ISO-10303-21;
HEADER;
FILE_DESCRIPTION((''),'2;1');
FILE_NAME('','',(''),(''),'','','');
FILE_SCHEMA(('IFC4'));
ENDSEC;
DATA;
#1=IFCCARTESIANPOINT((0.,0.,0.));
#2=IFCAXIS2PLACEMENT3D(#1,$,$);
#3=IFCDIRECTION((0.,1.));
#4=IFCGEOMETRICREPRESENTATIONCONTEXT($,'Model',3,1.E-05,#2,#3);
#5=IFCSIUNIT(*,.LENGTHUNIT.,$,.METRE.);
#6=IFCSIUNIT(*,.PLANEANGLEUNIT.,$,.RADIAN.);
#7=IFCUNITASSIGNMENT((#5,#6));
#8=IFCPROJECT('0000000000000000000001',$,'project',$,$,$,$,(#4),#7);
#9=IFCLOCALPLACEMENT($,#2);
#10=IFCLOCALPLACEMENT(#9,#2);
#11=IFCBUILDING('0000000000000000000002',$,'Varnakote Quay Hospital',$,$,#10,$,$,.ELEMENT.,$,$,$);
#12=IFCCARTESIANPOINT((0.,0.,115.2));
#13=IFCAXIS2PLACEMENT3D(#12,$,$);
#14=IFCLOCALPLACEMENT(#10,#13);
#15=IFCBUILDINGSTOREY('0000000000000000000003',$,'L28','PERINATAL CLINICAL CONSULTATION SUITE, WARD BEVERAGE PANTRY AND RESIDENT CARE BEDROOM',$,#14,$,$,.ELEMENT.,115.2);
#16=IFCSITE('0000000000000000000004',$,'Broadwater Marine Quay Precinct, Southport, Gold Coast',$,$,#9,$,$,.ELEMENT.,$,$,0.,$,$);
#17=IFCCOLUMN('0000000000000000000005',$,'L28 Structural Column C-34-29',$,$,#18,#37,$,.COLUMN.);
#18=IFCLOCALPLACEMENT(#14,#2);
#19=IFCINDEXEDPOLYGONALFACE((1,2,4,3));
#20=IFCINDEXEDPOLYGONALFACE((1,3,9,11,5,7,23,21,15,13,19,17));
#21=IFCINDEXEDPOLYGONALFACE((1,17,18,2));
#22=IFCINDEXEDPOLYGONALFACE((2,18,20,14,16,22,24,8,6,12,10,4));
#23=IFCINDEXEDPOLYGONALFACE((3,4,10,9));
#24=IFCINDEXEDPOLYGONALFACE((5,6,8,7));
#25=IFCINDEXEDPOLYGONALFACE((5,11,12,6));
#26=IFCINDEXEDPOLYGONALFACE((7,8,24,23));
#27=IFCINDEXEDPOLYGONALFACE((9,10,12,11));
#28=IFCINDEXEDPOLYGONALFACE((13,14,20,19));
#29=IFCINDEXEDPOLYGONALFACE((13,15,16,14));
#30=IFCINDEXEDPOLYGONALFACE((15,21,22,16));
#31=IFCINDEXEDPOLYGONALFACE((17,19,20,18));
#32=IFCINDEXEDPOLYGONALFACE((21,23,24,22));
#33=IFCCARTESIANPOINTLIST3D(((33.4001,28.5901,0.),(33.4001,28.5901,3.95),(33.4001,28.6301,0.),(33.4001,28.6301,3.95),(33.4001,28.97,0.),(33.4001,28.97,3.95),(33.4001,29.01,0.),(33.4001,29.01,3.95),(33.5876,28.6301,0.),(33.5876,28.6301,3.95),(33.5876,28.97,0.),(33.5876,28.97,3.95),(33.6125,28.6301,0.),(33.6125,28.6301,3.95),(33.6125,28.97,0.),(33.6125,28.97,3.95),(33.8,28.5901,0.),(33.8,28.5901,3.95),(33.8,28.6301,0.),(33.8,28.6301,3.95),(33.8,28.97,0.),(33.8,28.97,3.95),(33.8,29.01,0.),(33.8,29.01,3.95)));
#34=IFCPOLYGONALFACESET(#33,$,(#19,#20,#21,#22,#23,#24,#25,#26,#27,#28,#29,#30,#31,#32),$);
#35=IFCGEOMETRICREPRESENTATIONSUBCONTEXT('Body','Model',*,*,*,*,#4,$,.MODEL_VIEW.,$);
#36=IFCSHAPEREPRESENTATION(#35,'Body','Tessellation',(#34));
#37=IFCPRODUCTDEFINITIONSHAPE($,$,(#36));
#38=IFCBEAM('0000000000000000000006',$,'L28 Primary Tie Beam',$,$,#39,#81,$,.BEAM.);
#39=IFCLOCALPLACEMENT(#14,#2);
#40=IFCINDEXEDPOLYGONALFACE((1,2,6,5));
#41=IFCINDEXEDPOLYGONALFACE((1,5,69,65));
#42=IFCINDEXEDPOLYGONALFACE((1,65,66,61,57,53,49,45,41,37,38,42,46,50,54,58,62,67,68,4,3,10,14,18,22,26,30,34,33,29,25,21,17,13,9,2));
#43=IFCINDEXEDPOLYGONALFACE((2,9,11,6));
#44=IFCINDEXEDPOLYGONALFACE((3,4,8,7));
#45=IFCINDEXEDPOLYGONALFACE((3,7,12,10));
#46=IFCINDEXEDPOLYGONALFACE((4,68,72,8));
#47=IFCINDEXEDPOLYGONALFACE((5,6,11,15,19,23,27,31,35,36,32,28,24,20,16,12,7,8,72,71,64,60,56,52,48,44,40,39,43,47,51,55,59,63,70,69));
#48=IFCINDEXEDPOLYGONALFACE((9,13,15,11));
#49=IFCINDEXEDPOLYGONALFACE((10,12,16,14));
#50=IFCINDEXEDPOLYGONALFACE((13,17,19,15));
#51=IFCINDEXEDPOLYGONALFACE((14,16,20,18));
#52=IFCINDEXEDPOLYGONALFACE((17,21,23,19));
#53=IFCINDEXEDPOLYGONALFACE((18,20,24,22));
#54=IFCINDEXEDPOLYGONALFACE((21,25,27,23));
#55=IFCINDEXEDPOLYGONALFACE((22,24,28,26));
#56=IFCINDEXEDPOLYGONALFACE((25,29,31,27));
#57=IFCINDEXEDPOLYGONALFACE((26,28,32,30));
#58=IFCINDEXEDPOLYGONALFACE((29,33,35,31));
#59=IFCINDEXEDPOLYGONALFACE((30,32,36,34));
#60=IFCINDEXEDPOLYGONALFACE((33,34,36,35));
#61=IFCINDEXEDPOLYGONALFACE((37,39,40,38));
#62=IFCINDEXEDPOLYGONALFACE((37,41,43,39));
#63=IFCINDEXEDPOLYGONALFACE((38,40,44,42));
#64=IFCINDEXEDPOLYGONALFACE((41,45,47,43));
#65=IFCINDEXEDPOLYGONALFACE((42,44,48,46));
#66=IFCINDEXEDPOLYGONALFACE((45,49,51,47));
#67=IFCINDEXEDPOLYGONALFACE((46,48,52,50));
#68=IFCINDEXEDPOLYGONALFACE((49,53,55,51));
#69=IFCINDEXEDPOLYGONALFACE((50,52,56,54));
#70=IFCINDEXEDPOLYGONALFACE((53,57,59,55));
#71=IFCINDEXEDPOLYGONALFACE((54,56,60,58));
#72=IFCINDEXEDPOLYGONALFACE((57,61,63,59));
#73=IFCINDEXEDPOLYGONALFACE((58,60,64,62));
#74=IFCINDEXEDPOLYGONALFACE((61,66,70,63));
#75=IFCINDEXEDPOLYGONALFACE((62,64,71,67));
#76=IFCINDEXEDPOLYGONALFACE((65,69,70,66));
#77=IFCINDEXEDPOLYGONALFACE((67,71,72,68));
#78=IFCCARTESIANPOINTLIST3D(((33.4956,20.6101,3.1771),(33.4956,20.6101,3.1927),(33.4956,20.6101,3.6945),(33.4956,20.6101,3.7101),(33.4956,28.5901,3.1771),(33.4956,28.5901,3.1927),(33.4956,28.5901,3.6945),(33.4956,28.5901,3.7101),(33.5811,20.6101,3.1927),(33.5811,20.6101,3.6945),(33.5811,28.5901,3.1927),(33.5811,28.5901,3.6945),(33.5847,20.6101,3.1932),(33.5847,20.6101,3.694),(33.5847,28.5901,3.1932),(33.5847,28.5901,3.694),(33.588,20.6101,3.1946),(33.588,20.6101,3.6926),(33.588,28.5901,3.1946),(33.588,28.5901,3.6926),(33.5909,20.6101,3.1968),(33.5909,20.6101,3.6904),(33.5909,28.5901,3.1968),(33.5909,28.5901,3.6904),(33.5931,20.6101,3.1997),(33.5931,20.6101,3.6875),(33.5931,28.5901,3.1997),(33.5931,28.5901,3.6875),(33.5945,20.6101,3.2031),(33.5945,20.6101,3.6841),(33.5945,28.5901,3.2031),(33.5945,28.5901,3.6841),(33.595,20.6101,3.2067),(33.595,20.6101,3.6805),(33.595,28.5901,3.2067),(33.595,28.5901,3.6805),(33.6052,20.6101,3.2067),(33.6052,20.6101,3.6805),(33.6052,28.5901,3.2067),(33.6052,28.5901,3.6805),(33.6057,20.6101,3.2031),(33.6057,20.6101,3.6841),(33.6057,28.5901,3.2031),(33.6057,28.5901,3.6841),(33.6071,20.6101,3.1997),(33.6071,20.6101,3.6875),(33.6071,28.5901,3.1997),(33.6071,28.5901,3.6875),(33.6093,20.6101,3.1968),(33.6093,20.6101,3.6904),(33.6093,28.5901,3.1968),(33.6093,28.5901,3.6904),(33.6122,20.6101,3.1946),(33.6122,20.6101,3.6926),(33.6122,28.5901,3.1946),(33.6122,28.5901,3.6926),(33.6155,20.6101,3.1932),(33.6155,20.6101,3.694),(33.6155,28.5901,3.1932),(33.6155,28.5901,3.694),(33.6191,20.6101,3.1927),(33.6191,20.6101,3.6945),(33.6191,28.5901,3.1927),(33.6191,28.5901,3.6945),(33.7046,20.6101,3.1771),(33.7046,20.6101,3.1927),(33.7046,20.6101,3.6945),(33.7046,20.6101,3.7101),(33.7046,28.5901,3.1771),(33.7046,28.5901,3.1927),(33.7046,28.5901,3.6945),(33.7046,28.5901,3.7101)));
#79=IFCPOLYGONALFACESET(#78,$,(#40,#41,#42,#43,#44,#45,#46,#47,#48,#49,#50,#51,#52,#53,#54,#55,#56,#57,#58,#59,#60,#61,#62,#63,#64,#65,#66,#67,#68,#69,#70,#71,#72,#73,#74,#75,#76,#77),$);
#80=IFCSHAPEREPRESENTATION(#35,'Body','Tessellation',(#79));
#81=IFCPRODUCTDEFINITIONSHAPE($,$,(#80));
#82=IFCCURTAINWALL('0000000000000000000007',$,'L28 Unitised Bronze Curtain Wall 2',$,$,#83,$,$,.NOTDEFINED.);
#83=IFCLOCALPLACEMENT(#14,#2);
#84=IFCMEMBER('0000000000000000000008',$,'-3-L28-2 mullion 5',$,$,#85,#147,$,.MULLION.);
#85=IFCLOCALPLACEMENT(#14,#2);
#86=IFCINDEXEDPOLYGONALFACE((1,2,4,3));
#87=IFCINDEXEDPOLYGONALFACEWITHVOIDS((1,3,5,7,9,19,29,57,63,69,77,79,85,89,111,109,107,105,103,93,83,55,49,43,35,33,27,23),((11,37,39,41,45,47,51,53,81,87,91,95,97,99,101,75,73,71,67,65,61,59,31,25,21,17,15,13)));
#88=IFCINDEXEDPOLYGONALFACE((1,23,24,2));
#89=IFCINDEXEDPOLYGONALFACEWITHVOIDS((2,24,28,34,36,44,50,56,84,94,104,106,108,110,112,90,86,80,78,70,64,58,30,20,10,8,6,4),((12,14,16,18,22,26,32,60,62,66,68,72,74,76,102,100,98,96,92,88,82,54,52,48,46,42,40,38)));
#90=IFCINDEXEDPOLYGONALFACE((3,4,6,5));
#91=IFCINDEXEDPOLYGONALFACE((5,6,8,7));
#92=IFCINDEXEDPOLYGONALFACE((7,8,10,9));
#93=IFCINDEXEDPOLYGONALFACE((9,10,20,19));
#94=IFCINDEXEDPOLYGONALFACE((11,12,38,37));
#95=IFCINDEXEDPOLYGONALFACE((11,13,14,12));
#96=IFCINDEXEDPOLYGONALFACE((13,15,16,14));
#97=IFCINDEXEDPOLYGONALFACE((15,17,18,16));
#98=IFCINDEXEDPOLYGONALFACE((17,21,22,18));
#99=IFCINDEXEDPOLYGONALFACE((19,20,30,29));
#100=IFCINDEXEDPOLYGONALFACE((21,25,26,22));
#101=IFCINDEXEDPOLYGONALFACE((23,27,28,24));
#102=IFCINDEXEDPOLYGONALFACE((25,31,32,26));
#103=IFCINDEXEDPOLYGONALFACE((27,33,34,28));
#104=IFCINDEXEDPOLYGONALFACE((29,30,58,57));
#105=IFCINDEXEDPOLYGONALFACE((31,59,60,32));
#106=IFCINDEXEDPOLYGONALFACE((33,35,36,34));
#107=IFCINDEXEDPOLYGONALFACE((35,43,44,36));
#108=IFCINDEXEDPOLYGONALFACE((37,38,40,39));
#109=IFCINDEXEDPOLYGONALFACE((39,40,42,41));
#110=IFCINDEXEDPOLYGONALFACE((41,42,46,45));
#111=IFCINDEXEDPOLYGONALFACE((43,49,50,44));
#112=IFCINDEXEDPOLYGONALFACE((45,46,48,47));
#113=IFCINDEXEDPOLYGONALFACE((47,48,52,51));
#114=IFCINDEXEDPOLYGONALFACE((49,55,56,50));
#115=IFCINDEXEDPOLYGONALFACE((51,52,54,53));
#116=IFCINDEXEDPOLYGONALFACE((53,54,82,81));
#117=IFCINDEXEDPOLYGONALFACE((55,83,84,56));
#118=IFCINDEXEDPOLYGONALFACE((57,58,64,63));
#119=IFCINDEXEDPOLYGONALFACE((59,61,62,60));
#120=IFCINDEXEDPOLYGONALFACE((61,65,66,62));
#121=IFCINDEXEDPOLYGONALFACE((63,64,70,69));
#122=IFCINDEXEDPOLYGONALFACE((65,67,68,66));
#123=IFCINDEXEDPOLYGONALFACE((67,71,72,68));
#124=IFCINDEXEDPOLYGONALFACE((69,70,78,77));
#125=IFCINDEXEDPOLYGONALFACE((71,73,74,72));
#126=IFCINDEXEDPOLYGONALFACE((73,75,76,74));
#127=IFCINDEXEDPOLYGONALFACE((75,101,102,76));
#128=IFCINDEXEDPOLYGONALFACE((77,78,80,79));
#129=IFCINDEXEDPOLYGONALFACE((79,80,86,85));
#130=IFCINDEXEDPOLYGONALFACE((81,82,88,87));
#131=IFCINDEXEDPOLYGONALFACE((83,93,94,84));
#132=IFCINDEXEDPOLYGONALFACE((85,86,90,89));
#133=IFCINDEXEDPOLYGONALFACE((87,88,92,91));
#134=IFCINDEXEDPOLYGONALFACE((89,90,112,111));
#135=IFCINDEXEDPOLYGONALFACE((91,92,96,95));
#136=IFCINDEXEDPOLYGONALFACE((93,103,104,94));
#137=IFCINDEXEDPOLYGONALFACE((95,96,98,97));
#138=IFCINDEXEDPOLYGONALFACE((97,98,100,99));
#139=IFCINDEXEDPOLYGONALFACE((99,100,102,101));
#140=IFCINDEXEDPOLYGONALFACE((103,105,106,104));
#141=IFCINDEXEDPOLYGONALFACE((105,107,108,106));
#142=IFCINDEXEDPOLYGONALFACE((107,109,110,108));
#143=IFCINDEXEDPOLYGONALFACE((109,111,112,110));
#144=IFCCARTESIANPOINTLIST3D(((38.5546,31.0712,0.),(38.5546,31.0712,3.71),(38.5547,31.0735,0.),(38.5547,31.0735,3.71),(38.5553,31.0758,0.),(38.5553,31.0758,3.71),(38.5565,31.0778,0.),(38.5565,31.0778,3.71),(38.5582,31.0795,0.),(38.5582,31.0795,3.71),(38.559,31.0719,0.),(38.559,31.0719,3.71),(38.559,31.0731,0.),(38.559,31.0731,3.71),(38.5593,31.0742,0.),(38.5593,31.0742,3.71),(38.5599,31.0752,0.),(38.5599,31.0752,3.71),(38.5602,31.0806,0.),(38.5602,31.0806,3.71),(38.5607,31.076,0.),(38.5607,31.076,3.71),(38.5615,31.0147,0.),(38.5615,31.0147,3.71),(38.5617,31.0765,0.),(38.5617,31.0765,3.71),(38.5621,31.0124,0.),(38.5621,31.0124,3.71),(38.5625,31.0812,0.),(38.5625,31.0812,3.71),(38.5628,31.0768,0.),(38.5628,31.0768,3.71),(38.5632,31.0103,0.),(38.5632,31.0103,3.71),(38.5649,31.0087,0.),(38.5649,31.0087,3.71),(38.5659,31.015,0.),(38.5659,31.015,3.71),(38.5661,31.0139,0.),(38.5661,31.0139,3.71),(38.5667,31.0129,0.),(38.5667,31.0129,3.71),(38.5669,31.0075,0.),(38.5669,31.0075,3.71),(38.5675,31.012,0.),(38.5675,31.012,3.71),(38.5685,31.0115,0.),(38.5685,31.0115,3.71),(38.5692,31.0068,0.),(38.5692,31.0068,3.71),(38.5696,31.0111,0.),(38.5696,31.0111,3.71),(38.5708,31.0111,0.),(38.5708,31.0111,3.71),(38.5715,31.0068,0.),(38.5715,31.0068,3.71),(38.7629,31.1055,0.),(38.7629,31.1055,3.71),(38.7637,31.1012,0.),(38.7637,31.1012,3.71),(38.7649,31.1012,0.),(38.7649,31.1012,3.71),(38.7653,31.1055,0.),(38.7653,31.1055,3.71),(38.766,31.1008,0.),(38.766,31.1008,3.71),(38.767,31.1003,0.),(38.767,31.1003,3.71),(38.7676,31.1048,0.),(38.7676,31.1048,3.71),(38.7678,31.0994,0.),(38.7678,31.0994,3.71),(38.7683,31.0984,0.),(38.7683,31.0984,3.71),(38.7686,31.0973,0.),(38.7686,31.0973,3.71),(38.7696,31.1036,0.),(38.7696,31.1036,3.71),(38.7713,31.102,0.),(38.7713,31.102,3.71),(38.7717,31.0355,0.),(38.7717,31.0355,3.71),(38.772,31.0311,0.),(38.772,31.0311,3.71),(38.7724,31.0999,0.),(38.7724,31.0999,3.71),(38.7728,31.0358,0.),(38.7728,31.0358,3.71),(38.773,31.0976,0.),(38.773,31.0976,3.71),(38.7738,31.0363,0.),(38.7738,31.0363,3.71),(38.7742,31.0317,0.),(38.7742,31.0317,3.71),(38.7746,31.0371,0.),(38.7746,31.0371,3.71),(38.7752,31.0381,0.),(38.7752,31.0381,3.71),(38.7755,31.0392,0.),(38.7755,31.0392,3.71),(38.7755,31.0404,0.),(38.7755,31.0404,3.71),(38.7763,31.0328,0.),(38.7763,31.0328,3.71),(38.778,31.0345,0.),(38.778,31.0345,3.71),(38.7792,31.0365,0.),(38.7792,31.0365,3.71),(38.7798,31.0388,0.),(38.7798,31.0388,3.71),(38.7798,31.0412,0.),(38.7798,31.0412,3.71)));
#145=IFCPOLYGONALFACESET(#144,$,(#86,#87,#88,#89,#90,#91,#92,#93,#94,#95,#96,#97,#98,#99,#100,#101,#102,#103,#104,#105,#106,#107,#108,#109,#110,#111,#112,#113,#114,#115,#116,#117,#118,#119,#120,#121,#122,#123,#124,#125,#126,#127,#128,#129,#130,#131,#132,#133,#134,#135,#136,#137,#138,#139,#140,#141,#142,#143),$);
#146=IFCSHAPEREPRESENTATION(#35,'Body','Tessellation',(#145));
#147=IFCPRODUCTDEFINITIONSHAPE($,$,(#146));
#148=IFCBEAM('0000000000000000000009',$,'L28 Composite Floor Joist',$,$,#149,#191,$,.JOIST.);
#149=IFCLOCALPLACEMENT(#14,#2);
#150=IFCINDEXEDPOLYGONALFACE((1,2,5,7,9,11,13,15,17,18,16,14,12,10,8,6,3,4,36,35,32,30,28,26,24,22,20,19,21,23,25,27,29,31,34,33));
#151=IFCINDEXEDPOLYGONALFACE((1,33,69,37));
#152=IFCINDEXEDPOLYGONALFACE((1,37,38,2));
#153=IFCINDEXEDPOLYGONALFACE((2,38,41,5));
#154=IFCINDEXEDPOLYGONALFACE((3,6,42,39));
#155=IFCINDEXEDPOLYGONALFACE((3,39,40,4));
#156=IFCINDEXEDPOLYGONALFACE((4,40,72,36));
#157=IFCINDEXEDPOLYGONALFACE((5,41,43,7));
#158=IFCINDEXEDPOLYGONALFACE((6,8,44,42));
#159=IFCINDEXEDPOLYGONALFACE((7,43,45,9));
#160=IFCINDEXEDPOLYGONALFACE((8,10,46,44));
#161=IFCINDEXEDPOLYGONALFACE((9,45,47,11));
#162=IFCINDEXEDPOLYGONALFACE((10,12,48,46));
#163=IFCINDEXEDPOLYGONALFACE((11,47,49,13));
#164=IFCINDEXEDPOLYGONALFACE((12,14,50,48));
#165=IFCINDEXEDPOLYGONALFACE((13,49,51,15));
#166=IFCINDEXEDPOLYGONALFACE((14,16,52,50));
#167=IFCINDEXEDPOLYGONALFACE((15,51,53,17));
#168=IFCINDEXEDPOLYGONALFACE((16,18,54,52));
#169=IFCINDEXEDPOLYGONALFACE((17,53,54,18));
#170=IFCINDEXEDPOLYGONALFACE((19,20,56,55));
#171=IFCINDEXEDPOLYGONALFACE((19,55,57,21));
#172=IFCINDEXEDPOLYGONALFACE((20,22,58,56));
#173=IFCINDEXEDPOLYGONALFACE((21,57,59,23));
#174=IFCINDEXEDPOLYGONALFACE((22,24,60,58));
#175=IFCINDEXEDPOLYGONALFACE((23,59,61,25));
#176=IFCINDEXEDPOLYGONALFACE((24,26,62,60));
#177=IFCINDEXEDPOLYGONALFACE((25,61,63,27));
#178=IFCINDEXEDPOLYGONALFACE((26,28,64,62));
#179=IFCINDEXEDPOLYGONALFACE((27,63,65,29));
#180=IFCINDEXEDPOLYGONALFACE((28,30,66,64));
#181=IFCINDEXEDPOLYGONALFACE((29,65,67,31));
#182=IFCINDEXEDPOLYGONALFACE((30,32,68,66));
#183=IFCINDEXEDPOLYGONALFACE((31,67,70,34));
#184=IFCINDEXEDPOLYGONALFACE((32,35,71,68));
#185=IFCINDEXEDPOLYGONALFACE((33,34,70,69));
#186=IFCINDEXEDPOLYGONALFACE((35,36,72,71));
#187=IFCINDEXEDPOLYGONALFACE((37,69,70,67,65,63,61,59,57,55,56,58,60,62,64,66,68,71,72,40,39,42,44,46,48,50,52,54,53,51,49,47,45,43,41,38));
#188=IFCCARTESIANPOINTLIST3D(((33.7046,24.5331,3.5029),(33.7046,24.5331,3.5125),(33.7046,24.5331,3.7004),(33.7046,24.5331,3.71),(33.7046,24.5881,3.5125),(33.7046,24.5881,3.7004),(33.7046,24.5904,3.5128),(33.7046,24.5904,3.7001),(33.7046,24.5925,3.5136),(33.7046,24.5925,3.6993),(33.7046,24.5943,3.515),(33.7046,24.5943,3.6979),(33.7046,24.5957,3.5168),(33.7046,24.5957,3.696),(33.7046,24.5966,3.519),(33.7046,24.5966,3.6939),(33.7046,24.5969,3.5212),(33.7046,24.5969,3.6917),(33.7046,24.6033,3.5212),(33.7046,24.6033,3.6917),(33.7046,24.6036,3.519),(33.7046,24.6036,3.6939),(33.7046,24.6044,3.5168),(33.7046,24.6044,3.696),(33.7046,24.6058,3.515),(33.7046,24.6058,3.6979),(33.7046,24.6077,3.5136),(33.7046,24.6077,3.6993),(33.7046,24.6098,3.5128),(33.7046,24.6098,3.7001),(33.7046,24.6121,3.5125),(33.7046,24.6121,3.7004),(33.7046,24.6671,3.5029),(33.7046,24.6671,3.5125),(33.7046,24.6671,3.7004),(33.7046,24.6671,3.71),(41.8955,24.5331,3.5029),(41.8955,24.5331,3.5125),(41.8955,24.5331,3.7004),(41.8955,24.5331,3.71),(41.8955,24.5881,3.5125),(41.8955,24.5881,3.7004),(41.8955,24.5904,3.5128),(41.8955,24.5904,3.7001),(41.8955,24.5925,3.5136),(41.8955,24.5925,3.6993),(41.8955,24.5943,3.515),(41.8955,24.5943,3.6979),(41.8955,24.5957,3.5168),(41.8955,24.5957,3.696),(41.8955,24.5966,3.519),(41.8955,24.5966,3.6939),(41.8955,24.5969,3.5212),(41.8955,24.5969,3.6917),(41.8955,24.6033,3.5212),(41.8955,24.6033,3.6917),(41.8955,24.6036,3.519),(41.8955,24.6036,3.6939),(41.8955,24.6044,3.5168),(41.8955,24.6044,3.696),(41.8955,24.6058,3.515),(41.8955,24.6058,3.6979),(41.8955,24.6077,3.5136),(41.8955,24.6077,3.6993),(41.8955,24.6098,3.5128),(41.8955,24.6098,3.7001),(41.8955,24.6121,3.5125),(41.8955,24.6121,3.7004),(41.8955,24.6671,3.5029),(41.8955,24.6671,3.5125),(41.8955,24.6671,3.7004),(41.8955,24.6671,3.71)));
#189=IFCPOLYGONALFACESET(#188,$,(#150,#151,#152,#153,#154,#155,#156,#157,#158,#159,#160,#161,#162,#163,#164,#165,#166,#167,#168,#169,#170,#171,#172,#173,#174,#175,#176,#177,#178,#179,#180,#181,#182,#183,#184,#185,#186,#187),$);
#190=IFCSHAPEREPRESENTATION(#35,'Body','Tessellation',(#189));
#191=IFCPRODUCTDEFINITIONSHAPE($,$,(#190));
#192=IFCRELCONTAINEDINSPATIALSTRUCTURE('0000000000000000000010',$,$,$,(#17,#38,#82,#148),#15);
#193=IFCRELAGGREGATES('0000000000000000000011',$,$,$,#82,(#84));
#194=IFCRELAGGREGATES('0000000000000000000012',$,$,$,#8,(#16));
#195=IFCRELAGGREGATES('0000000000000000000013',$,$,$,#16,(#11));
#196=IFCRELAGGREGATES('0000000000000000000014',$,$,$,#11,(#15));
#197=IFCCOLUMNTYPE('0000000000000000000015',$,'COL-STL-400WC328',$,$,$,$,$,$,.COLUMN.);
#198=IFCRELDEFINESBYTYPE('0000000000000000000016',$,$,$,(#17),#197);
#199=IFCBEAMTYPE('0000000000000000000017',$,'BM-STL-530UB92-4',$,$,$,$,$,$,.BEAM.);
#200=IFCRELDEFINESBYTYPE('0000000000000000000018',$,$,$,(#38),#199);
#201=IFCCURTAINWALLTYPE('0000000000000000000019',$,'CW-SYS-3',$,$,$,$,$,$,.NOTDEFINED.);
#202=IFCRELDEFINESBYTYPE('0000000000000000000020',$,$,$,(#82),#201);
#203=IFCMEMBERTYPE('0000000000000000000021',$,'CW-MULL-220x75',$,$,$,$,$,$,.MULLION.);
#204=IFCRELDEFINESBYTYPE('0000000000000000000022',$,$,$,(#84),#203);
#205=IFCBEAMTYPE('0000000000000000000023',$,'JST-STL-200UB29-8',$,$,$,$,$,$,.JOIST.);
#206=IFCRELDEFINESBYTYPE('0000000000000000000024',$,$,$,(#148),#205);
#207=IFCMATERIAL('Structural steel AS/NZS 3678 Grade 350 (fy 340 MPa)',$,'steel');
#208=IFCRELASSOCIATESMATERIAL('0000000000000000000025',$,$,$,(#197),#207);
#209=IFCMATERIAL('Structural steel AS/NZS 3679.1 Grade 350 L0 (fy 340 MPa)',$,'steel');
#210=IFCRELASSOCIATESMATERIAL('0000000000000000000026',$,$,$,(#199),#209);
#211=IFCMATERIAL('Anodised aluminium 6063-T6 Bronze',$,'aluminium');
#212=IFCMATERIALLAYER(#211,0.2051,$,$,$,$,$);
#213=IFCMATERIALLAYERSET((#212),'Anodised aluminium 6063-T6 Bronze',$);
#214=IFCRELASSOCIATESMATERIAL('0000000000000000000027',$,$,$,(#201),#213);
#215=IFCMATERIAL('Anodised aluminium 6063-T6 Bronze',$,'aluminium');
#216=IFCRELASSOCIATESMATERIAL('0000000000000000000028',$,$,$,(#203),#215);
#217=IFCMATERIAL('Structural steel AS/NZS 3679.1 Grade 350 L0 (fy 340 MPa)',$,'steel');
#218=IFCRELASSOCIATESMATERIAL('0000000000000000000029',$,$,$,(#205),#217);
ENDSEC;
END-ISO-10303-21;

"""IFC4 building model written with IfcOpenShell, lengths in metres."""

from ifc_helpers import new_model, si_unit, direction, frame, origin, origin_2d, place, context, subcontext, project, spatial, hollow_rectangle, i_section, extrude, material, layer, layer_set, material_profile, profile_set, type_object, element, aggregate, save


model = new_model("IFC4")

# Units and contexts
model_context = context("Model", 3, precision=1e-05, world=origin(), true_north=direction((0.0, 1.0)))
body_context = subcontext(model_context, "Body", "Model", "MODEL_VIEW")
ifc_project = project(units=[si_unit("LENGTHUNIT", "METRE"), si_unit("PLANEANGLEUNIT", "RADIAN")], contexts=[model_context])

# Site, building, storey
site_placement = place(None, origin())
site = spatial("IfcSite", under=ifc_project, at=site_placement, Name="Broadwater Marine Quay Precinct, Southport, Gold Coast", CompositionType="ELEMENT", RefElevation=0.0)
building_placement = place(site_placement, origin())
building = spatial("IfcBuilding", under=site, at=building_placement, Name="Varnakote Quay Hospital", CompositionType="ELEMENT")
storey_placement = place(building_placement, frame((0.0, 0.0, 115.2)))
storey = spatial("IfcBuildingStorey", under=building, at=storey_placement, Name="L28", Description="PERINATAL CLINICAL CONSULTATION SUITE, WARD BEVERAGE PANTRY AND RESIDENT CARE BEDROOM", CompositionType="ELEMENT", Elevation=115.2)

# Column
ifc_material_1 = material(Name="Structural steel AS/NZS 3678 Grade 350 (fy 340 MPa)", Category="steel")
ifc_material_profile_1 = material_profile(ifc_material_1, i_section(OverallWidth=0.3999, OverallDepth=0.4199, WebThickness=0.0249, FlangeThickness=0.04, at=origin_2d()), Name="400WC328")
ifc_profile_set_1 = profile_set([ifc_material_profile_1], Name="Structural steel AS/NZS 3678 Grade 350 (fy 340 MPa)")
column_type = type_object("IfcColumnType", Name="COL-STL-400WC328", PredefinedType="COLUMN", material=ifc_profile_set_1)
column_placement = place(storey_placement, frame((33.6001, 28.8, 0.0), z_axis=(0.0, 0.0, 1.0), x_axis=(1.0, 0.0, 0.0)))
element("IfcColumn", 1, at=column_placement, inside=storey, type_object=column_type, Name="L28 Structural Column C-34-29", PredefinedType="COLUMN", context=body_context, shape_type="SweptSolid", body=[
    extrude(i_section(OverallWidth=0.3999, OverallDepth=0.4199, WebThickness=0.0249, FlangeThickness=0.04, at=origin_2d()), origin(), (0.0, 0.0, 1.0), 3.95),
])

# Beam
ifc_material_2 = material(Name="Structural steel AS/NZS 3679.1 Grade 350 L0 (fy 340 MPa)", Category="steel")
ifc_material_profile_2 = material_profile(ifc_material_2, i_section(OverallWidth=0.209, OverallDepth=0.533, WebThickness=0.0103, FlangeThickness=0.0156, FilletRadius=0.0139, at=origin_2d()), Name="530UB92.4")
ifc_profile_set_2 = profile_set([ifc_material_profile_2], Name="Structural steel AS/NZS 3679.1 Grade 350 L0 (fy 340 MPa)")
beam_type_1 = type_object("IfcBeamType", Name="BM-STL-530UB92-4", PredefinedType="BEAM", material=ifc_profile_set_2)
beam_1_placement = place(storey_placement, frame((33.6001, 20.6101, 3.4436), z_axis=(0.0, 1.0, 0.0), x_axis=(-1.0, 0.0, 0.0)))
element("IfcBeam", 2, at=beam_1_placement, inside=storey, type_object=beam_type_1, Name="L28 Primary Tie Beam", PredefinedType="BEAM", context=body_context, shape_type="SweptSolid", body=[
    extrude(i_section(OverallWidth=0.209, OverallDepth=0.533, WebThickness=0.0103, FlangeThickness=0.0156, FilletRadius=0.0139, at=origin_2d()), origin(), (0.0, 0.0, 1.0), 7.98),
])

# Curtain wall, member
ifc_material_3 = material(Name="Anodised aluminium 6063-T6 Bronze", Category="aluminium")
ifc_layer_1 = layer(ifc_material_3, 0.2051)
ifc_layer_set_1 = layer_set([ifc_layer_1], Name="Anodised aluminium 6063-T6 Bronze")
curtain_wall_type = type_object("IfcCurtainWallType", Name="CW-SYS-3", PredefinedType="NOTDEFINED", material=ifc_layer_set_1)
curtain_wall_placement = place(storey_placement, origin())
curtain_wall = element("IfcCurtainWall", 3, at=curtain_wall_placement, inside=storey, type_object=curtain_wall_type, Name="L28 Unitised Bronze Curtain Wall 2", PredefinedType="NOTDEFINED")
ifc_material_4 = material(Name="Anodised aluminium 6063-T6 Bronze", Category="aluminium")
ifc_material_profile_3 = material_profile(ifc_material_4, hollow_rectangle(XDim=0.075, YDim=0.22, WallThickness=0.0044, InnerFilletRadius=0.0044, OuterFilletRadius=0.009, at=origin_2d()), Name="CW-MULL-220x75")
ifc_profile_set_3 = profile_set([ifc_material_profile_3], Name="Anodised aluminium 6063-T6 Bronze")
member_type = type_object("IfcMemberType", Name="CW-MULL-220x75", PredefinedType="MULLION", material=ifc_profile_set_3)
member_placement = place(storey_placement, frame((38.6672, 31.0562, 0.0), z_axis=(0.0, 0.0, 1.0), x_axis=(0.120327, -0.992734, 0.0)))
member = element("IfcMember", 4, at=member_placement, type_object=member_type, Name="-3-L28-2 mullion 5", PredefinedType="MULLION", context=body_context, shape_type="SweptSolid", body=[
    extrude(hollow_rectangle(XDim=0.075, YDim=0.22, WallThickness=0.0044, InnerFilletRadius=0.0044, OuterFilletRadius=0.009, at=origin_2d()), origin(), (0.0, 0.0, 1.0), 3.71),
])

# Beam
ifc_material_5 = material(Name="Structural steel AS/NZS 3679.1 Grade 350 L0 (fy 340 MPa)", Category="steel")
ifc_material_profile_4 = material_profile(ifc_material_5, i_section(OverallWidth=0.134, OverallDepth=0.207, WebThickness=0.0063, FlangeThickness=0.0095, FilletRadius=0.0088, at=origin_2d()), Name="200UB29.8")
ifc_profile_set_4 = profile_set([ifc_material_profile_4], Name="Structural steel AS/NZS 3679.1 Grade 350 L0 (fy 340 MPa)")
beam_type_2 = type_object("IfcBeamType", Name="JST-STL-200UB29-8", PredefinedType="JOIST", material=ifc_profile_set_4)
beam_2_placement = place(storey_placement, frame((33.7046, 24.6001, 3.6064), z_axis=(1.0, 0.0, 0.0), x_axis=(0.0, 1.0, 0.0)))
element("IfcBeam", 5, at=beam_2_placement, inside=storey, type_object=beam_type_2, Name="L28 Composite Floor Joist", PredefinedType="JOIST", context=body_context, shape_type="SweptSolid", body=[
    extrude(i_section(OverallWidth=0.134, OverallDepth=0.207, WebThickness=0.0063, FlangeThickness=0.0095, FilletRadius=0.0088, at=origin_2d()), origin(), (0.0, 0.0, 1.0), 8.1909),
])

aggregate(curtain_wall, [member])

save(model, "model.ifc")
